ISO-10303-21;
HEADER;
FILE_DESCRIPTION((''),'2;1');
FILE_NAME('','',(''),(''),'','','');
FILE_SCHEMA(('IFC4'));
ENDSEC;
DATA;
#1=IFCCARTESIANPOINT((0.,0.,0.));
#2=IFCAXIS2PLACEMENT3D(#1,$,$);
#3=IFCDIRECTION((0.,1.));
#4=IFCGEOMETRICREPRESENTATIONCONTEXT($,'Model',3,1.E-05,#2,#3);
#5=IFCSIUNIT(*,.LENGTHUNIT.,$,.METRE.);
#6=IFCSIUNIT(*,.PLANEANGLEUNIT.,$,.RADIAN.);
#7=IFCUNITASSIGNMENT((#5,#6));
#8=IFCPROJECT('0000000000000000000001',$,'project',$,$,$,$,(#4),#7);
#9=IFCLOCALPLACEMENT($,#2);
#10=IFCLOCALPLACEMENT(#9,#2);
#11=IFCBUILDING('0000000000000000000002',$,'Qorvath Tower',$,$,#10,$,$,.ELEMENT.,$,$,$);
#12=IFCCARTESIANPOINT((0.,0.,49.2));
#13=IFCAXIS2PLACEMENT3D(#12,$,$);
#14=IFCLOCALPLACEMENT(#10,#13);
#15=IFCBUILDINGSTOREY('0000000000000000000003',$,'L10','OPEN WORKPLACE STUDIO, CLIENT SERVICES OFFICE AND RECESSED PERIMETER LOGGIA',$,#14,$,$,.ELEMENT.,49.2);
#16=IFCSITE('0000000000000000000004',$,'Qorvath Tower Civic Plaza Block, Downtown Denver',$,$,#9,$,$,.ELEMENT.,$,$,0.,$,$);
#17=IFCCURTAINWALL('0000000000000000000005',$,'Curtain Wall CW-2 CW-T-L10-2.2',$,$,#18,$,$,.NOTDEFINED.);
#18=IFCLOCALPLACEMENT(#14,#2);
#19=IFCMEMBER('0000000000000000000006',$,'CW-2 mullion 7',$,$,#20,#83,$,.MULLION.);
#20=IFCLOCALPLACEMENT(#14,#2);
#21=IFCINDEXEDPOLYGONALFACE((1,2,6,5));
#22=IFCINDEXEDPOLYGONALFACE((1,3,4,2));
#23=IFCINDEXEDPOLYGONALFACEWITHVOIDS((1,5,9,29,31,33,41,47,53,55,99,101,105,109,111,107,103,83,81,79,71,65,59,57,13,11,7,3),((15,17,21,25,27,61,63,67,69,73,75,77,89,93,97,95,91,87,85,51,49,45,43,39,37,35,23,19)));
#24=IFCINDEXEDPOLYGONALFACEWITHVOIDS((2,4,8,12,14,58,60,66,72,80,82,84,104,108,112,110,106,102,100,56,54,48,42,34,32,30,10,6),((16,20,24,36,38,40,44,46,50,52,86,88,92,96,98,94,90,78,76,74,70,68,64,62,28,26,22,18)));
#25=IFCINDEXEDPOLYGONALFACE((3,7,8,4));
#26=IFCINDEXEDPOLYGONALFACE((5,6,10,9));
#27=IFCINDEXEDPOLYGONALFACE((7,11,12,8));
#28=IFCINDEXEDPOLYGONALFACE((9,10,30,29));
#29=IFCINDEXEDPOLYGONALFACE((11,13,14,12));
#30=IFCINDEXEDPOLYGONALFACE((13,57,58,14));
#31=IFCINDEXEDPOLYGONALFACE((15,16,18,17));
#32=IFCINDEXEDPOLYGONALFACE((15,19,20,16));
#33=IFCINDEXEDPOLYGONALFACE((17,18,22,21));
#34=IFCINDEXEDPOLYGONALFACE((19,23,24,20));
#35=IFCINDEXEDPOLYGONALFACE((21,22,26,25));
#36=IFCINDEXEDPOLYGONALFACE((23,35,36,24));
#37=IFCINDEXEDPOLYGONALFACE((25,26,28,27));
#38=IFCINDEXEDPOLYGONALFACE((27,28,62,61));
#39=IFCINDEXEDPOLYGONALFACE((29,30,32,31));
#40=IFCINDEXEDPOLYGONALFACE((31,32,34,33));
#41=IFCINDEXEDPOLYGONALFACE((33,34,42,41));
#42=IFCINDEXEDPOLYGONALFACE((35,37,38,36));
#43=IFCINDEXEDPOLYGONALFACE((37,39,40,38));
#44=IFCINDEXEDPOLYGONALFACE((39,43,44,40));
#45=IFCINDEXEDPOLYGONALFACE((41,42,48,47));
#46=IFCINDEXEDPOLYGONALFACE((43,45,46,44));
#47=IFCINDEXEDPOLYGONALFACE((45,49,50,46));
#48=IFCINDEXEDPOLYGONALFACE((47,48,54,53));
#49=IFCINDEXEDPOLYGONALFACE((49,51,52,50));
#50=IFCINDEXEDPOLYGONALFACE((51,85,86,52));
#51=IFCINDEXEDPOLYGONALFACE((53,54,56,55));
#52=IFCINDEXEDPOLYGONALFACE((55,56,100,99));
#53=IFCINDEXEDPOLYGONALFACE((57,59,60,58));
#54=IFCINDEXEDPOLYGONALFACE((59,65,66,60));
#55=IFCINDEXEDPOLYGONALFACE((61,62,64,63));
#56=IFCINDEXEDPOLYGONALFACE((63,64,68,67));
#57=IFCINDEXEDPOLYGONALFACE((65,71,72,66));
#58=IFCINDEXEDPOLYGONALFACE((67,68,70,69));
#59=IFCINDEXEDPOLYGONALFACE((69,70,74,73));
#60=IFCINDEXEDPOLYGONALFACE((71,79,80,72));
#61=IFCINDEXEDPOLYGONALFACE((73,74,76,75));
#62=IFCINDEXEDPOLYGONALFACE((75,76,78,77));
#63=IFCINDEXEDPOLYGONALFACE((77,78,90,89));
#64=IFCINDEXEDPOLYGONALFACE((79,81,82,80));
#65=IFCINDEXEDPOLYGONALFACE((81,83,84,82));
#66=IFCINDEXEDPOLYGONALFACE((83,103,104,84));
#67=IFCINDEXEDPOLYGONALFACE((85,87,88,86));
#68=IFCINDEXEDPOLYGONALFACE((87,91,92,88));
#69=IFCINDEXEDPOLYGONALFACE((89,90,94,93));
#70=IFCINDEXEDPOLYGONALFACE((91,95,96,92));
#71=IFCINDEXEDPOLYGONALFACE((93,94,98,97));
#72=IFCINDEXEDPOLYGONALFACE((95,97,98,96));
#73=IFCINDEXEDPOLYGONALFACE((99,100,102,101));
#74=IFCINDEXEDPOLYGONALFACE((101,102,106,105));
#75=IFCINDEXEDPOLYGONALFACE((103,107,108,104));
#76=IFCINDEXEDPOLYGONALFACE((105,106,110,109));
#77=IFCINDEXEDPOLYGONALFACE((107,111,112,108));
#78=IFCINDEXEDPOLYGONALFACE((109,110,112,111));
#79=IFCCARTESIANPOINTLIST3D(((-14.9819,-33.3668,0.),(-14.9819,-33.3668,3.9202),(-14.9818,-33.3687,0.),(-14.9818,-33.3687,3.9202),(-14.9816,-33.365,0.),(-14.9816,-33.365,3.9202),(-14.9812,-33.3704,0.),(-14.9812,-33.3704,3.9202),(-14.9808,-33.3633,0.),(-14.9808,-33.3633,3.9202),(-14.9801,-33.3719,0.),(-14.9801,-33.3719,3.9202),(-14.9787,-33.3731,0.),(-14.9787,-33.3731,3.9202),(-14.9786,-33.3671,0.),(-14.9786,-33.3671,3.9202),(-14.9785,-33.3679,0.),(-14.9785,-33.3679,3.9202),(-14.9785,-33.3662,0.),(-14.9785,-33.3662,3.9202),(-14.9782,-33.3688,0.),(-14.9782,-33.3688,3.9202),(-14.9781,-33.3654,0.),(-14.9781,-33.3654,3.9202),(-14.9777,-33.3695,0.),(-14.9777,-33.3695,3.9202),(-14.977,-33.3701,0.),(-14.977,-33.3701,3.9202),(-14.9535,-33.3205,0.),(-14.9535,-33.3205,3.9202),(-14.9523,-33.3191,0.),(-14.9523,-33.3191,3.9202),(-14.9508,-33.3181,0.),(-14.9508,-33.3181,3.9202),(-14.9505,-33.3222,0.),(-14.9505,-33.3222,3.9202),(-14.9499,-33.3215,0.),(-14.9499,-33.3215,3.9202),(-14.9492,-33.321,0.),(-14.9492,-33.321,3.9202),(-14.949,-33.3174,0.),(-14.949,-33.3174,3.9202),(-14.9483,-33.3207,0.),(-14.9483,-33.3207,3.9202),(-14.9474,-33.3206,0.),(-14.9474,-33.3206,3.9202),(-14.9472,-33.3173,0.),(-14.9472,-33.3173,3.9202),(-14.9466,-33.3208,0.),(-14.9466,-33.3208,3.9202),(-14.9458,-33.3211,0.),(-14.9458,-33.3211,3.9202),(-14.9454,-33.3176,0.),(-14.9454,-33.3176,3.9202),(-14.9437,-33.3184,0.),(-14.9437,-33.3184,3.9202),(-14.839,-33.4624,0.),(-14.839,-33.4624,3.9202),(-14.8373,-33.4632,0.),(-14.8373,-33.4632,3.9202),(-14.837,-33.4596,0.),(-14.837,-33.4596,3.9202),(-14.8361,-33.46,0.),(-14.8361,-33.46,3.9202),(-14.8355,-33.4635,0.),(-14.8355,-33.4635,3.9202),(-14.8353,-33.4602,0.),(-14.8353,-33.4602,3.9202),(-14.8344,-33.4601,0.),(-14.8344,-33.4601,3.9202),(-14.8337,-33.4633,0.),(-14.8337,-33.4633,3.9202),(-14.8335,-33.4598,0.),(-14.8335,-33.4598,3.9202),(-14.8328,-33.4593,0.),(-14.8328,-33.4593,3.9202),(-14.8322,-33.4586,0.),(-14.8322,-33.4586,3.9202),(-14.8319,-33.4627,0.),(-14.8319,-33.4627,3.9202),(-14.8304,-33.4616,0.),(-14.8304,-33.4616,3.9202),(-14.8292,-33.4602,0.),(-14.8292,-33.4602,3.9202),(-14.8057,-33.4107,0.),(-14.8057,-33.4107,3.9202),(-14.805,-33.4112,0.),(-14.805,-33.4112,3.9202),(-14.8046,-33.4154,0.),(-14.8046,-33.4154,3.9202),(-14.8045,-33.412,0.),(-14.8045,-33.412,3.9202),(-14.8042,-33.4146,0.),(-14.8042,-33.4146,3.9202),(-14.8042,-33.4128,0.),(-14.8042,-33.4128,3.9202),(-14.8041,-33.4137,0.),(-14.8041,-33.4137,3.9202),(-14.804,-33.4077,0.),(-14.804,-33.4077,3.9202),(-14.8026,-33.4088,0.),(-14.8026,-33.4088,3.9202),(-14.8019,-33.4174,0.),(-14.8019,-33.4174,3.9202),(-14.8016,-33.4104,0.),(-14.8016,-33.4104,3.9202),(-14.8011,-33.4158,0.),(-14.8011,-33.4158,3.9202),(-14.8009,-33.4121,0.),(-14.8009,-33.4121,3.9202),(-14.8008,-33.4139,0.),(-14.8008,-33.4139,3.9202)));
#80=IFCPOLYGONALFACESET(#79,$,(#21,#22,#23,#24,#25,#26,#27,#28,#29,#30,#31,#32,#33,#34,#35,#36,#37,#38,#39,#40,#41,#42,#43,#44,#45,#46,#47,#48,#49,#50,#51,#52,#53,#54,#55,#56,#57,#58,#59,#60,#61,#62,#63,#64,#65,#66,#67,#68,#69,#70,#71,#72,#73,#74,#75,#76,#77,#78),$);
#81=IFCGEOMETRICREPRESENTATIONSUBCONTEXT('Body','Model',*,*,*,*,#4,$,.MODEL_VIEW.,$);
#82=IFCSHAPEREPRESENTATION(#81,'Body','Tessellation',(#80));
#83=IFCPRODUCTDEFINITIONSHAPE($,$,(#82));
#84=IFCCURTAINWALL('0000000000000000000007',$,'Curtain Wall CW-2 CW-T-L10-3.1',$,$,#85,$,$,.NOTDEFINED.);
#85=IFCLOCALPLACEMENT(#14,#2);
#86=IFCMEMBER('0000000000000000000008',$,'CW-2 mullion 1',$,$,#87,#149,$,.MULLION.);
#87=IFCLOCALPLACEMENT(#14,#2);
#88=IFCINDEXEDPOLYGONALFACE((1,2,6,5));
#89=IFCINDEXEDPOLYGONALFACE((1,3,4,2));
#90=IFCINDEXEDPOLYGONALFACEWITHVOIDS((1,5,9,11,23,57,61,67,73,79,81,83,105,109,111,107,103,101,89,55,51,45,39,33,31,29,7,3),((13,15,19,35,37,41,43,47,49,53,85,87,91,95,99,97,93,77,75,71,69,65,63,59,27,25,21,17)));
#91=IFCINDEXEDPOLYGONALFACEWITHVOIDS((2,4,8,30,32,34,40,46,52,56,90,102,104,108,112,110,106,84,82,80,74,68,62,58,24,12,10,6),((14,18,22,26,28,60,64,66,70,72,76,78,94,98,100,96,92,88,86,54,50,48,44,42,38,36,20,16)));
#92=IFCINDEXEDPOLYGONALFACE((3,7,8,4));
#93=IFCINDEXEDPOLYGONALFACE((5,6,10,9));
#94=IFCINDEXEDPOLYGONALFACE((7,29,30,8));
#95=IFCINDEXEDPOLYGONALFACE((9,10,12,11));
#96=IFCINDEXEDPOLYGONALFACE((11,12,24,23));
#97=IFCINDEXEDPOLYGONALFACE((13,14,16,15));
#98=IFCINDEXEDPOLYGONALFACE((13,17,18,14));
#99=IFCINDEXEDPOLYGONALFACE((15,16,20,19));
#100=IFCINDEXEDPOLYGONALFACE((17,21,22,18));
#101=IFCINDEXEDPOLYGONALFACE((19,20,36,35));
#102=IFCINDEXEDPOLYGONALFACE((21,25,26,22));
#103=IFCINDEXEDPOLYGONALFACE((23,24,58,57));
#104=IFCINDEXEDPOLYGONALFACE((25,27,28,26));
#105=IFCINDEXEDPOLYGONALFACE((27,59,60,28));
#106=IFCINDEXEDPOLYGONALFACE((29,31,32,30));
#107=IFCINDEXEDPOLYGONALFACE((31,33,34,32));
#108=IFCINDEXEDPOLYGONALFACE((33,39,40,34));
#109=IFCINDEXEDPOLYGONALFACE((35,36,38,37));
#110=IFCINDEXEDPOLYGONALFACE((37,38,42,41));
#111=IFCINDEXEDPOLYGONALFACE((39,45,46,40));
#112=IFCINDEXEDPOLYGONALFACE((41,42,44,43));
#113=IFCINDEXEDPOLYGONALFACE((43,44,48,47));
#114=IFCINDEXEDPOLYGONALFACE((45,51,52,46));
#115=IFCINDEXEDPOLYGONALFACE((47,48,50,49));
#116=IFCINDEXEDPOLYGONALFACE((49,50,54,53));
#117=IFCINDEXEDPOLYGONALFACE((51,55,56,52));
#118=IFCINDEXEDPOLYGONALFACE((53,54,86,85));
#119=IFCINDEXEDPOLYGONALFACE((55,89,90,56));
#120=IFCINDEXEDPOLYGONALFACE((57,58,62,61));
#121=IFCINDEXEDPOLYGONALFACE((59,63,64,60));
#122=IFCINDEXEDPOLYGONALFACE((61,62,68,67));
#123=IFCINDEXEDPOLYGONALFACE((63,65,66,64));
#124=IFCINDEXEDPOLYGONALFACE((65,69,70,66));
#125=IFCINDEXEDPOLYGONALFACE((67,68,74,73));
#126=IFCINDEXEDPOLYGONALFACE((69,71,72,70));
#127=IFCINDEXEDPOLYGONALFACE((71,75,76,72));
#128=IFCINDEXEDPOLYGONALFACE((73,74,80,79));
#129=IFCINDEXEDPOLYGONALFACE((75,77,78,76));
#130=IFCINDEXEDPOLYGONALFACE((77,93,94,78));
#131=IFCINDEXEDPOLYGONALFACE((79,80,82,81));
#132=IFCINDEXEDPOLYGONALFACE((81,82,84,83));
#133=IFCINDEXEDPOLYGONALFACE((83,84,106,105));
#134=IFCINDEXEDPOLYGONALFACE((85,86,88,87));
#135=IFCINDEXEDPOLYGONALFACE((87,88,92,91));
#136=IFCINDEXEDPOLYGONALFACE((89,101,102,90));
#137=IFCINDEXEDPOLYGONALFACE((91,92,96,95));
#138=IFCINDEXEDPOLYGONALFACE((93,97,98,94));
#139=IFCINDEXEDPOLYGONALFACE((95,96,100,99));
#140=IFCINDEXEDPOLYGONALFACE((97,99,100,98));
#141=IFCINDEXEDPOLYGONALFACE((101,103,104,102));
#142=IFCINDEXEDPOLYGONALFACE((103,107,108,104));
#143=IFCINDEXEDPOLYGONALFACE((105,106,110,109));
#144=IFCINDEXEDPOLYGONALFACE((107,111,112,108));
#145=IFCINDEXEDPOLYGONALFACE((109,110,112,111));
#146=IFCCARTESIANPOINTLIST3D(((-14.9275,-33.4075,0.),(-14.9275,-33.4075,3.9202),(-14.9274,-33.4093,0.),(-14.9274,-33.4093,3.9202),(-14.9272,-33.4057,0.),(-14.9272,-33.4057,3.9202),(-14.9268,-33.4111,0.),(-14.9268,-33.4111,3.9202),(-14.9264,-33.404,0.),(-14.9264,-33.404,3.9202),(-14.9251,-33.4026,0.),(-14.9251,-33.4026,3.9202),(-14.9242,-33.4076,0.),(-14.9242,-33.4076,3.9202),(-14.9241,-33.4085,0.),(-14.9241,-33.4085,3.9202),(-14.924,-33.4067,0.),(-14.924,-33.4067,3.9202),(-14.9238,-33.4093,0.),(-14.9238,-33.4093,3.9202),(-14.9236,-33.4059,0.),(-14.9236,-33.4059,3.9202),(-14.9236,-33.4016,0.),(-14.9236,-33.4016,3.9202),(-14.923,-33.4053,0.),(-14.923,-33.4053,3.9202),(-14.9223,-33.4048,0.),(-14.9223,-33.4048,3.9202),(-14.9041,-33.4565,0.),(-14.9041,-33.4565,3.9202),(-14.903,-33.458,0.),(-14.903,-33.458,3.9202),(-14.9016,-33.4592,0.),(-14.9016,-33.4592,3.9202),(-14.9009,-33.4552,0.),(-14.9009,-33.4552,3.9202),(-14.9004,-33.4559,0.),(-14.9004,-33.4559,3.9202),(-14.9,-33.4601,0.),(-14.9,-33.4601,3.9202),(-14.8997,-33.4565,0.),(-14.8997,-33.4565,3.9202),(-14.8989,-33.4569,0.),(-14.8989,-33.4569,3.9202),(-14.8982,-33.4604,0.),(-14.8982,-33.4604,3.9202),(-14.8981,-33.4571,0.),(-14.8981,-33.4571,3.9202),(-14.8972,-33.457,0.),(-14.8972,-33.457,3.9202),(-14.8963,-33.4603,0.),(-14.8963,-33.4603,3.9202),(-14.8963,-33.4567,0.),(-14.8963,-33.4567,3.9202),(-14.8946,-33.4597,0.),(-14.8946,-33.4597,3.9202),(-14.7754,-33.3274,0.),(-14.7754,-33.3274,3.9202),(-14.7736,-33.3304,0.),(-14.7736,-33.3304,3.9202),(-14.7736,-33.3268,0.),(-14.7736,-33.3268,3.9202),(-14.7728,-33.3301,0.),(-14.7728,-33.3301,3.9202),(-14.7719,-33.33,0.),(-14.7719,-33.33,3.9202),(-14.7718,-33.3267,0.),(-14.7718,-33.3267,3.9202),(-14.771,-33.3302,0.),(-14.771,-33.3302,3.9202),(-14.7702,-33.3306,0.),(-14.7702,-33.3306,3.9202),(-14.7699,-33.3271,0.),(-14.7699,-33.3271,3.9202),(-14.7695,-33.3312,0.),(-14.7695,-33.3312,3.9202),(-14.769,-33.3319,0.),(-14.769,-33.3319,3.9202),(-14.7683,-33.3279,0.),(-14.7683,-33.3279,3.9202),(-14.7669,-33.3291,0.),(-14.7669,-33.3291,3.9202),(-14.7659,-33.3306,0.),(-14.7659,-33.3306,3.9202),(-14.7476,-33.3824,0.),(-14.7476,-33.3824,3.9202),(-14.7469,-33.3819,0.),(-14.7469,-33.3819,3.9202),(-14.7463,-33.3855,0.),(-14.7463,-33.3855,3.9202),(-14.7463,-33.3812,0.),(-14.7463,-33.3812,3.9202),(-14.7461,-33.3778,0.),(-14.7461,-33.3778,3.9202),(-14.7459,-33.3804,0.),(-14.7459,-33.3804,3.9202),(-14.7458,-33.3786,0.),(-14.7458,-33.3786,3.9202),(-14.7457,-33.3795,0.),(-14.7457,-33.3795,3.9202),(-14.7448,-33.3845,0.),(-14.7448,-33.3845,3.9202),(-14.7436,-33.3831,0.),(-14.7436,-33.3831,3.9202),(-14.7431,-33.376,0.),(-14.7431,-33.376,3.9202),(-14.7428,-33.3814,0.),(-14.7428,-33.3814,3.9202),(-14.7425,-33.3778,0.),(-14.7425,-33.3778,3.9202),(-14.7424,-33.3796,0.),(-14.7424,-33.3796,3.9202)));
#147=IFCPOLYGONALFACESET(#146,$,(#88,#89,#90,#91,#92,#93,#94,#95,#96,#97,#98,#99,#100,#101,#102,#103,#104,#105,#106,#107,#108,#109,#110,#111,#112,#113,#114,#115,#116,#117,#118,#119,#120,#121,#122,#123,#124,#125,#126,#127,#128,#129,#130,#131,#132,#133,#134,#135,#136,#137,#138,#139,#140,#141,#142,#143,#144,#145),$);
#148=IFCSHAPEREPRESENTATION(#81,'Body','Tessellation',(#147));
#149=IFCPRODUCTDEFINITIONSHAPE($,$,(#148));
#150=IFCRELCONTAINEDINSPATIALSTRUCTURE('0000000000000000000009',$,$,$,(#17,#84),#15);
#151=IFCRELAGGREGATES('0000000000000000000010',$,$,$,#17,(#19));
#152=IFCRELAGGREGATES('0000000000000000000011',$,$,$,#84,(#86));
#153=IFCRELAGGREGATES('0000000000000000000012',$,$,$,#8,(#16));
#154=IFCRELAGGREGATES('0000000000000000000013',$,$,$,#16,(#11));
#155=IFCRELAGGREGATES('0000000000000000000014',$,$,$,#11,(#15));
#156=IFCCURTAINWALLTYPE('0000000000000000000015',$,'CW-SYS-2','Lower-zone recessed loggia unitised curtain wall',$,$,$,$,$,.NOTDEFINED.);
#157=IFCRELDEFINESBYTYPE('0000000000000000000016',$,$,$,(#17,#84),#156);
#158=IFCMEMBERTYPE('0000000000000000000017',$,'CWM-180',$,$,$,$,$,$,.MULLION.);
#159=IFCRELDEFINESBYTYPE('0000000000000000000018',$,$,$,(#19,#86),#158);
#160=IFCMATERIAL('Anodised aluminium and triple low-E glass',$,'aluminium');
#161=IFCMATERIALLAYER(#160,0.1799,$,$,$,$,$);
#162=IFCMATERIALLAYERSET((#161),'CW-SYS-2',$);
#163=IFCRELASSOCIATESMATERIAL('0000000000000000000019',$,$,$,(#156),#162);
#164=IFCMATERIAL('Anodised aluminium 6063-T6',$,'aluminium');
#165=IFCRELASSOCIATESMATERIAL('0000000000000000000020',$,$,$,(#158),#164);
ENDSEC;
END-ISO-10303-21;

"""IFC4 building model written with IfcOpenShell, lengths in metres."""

from ifc_helpers import new_model, si_unit, direction, frame, origin, origin_2d, place, context, subcontext, project, spatial, hollow_rectangle, extrude, material, layer, layer_set, material_profile, profile_set, type_object, element, aggregate, save


model = new_model("IFC4")

# Units and contexts
model_context = context("Model", 3, precision=1e-05, world=origin(), true_north=direction((0.0, 1.0)))
body_context = subcontext(model_context, "Body", "Model", "MODEL_VIEW")
ifc_project = project(units=[si_unit("LENGTHUNIT", "METRE"), si_unit("PLANEANGLEUNIT", "RADIAN")], contexts=[model_context])

# Site, building, storey
site_placement = place(None, origin())
site = spatial("IfcSite", under=ifc_project, at=site_placement, Name="Qorvath Tower Civic Plaza Block, Downtown Denver", CompositionType="ELEMENT", RefElevation=0.0)
building_placement = place(site_placement, origin())
building = spatial("IfcBuilding", under=site, at=building_placement, Name="Qorvath Tower", CompositionType="ELEMENT")
storey_placement = place(building_placement, frame((0.0, 0.0, 49.2)))
storey = spatial("IfcBuildingStorey", under=building, at=storey_placement, Name="L10", Description="OPEN WORKPLACE STUDIO, CLIENT SERVICES OFFICE AND RECESSED PERIMETER LOGGIA", CompositionType="ELEMENT", Elevation=49.2)

# Curtain walls, members
ifc_material_1 = material(Name="Anodised aluminium and triple low-E glass", Category="aluminium")
ifc_layer_1 = layer(ifc_material_1, 0.1799)
ifc_layer_set_1 = layer_set([ifc_layer_1], Name="CW-SYS-2")
curtain_wall_type = type_object("IfcCurtainWallType", Name="CW-SYS-2", Description="Lower-zone recessed loggia unitised curtain wall", PredefinedType="NOTDEFINED", material=ifc_layer_set_1)
curtain_wall_1_placement = place(storey_placement, origin())
curtain_wall_1 = element("IfcCurtainWall", 1, at=curtain_wall_1_placement, inside=storey, type_object=curtain_wall_type, Name="Curtain Wall CW-2 CW-T-L10-2.2", PredefinedType="NOTDEFINED")
ifc_material_2 = material(Name="Anodised aluminium 6063-T6", Category="aluminium")
ifc_material_profile_1 = material_profile(ifc_material_2, hollow_rectangle(XDim=0.0649, YDim=0.1799, WallThickness=0.0034, InnerFilletRadius=0.0034, OuterFilletRadius=0.0071, at=origin_2d()), Name="CWM 180x65")
ifc_profile_set_1 = profile_set([ifc_material_profile_1], Name="Anodised aluminium 6063-T6")
member_type_1 = type_object("IfcMemberType", Name="CWM-180", PredefinedType="MULLION", material=ifc_profile_set_1)
member_1_placement = place(storey_placement, frame((-14.8914, -33.3904, 0.0), z_axis=(0.0, 0.0, 1.0), x_axis=(0.538537, 0.842602, 0.0)))
member_1 = element("IfcMember", 2, at=member_1_placement, type_object=member_type_1, Name="CW-2 mullion 7", PredefinedType="MULLION", context=body_context, shape_type="SweptSolid", body=[
    extrude(hollow_rectangle(XDim=0.0649, YDim=0.1799, WallThickness=0.0034, InnerFilletRadius=0.0034, OuterFilletRadius=0.0071, at=origin_2d()), origin(), (0.0, 0.0, 1.0), 3.9202),
])
curtain_wall_2_placement = place(storey_placement, origin())
curtain_wall_2 = element("IfcCurtainWall", 3, at=curtain_wall_2_placement, inside=storey, type_object=curtain_wall_type, Name="Curtain Wall CW-2 CW-T-L10-3.1", PredefinedType="NOTDEFINED")
member_2_placement = place(storey_placement, frame((-14.835, -33.3936, 0.0), z_axis=(0.0, 0.0, 1.0), x_axis=(-0.447259, 0.894405, 0.0)))
member_2 = element("IfcMember", 4, at=member_2_placement, type_object=member_type_1, Name="CW-2 mullion 1", PredefinedType="MULLION", context=body_context, shape_type="SweptSolid", body=[
    extrude(hollow_rectangle(XDim=0.0649, YDim=0.1799, WallThickness=0.0034, InnerFilletRadius=0.0034, OuterFilletRadius=0.0071, at=origin_2d()), origin(), (0.0, 0.0, 1.0), 3.9202),
])

aggregate(curtain_wall_1, [member_1])
aggregate(curtain_wall_2, [member_2])

save(model, "model.ifc")
